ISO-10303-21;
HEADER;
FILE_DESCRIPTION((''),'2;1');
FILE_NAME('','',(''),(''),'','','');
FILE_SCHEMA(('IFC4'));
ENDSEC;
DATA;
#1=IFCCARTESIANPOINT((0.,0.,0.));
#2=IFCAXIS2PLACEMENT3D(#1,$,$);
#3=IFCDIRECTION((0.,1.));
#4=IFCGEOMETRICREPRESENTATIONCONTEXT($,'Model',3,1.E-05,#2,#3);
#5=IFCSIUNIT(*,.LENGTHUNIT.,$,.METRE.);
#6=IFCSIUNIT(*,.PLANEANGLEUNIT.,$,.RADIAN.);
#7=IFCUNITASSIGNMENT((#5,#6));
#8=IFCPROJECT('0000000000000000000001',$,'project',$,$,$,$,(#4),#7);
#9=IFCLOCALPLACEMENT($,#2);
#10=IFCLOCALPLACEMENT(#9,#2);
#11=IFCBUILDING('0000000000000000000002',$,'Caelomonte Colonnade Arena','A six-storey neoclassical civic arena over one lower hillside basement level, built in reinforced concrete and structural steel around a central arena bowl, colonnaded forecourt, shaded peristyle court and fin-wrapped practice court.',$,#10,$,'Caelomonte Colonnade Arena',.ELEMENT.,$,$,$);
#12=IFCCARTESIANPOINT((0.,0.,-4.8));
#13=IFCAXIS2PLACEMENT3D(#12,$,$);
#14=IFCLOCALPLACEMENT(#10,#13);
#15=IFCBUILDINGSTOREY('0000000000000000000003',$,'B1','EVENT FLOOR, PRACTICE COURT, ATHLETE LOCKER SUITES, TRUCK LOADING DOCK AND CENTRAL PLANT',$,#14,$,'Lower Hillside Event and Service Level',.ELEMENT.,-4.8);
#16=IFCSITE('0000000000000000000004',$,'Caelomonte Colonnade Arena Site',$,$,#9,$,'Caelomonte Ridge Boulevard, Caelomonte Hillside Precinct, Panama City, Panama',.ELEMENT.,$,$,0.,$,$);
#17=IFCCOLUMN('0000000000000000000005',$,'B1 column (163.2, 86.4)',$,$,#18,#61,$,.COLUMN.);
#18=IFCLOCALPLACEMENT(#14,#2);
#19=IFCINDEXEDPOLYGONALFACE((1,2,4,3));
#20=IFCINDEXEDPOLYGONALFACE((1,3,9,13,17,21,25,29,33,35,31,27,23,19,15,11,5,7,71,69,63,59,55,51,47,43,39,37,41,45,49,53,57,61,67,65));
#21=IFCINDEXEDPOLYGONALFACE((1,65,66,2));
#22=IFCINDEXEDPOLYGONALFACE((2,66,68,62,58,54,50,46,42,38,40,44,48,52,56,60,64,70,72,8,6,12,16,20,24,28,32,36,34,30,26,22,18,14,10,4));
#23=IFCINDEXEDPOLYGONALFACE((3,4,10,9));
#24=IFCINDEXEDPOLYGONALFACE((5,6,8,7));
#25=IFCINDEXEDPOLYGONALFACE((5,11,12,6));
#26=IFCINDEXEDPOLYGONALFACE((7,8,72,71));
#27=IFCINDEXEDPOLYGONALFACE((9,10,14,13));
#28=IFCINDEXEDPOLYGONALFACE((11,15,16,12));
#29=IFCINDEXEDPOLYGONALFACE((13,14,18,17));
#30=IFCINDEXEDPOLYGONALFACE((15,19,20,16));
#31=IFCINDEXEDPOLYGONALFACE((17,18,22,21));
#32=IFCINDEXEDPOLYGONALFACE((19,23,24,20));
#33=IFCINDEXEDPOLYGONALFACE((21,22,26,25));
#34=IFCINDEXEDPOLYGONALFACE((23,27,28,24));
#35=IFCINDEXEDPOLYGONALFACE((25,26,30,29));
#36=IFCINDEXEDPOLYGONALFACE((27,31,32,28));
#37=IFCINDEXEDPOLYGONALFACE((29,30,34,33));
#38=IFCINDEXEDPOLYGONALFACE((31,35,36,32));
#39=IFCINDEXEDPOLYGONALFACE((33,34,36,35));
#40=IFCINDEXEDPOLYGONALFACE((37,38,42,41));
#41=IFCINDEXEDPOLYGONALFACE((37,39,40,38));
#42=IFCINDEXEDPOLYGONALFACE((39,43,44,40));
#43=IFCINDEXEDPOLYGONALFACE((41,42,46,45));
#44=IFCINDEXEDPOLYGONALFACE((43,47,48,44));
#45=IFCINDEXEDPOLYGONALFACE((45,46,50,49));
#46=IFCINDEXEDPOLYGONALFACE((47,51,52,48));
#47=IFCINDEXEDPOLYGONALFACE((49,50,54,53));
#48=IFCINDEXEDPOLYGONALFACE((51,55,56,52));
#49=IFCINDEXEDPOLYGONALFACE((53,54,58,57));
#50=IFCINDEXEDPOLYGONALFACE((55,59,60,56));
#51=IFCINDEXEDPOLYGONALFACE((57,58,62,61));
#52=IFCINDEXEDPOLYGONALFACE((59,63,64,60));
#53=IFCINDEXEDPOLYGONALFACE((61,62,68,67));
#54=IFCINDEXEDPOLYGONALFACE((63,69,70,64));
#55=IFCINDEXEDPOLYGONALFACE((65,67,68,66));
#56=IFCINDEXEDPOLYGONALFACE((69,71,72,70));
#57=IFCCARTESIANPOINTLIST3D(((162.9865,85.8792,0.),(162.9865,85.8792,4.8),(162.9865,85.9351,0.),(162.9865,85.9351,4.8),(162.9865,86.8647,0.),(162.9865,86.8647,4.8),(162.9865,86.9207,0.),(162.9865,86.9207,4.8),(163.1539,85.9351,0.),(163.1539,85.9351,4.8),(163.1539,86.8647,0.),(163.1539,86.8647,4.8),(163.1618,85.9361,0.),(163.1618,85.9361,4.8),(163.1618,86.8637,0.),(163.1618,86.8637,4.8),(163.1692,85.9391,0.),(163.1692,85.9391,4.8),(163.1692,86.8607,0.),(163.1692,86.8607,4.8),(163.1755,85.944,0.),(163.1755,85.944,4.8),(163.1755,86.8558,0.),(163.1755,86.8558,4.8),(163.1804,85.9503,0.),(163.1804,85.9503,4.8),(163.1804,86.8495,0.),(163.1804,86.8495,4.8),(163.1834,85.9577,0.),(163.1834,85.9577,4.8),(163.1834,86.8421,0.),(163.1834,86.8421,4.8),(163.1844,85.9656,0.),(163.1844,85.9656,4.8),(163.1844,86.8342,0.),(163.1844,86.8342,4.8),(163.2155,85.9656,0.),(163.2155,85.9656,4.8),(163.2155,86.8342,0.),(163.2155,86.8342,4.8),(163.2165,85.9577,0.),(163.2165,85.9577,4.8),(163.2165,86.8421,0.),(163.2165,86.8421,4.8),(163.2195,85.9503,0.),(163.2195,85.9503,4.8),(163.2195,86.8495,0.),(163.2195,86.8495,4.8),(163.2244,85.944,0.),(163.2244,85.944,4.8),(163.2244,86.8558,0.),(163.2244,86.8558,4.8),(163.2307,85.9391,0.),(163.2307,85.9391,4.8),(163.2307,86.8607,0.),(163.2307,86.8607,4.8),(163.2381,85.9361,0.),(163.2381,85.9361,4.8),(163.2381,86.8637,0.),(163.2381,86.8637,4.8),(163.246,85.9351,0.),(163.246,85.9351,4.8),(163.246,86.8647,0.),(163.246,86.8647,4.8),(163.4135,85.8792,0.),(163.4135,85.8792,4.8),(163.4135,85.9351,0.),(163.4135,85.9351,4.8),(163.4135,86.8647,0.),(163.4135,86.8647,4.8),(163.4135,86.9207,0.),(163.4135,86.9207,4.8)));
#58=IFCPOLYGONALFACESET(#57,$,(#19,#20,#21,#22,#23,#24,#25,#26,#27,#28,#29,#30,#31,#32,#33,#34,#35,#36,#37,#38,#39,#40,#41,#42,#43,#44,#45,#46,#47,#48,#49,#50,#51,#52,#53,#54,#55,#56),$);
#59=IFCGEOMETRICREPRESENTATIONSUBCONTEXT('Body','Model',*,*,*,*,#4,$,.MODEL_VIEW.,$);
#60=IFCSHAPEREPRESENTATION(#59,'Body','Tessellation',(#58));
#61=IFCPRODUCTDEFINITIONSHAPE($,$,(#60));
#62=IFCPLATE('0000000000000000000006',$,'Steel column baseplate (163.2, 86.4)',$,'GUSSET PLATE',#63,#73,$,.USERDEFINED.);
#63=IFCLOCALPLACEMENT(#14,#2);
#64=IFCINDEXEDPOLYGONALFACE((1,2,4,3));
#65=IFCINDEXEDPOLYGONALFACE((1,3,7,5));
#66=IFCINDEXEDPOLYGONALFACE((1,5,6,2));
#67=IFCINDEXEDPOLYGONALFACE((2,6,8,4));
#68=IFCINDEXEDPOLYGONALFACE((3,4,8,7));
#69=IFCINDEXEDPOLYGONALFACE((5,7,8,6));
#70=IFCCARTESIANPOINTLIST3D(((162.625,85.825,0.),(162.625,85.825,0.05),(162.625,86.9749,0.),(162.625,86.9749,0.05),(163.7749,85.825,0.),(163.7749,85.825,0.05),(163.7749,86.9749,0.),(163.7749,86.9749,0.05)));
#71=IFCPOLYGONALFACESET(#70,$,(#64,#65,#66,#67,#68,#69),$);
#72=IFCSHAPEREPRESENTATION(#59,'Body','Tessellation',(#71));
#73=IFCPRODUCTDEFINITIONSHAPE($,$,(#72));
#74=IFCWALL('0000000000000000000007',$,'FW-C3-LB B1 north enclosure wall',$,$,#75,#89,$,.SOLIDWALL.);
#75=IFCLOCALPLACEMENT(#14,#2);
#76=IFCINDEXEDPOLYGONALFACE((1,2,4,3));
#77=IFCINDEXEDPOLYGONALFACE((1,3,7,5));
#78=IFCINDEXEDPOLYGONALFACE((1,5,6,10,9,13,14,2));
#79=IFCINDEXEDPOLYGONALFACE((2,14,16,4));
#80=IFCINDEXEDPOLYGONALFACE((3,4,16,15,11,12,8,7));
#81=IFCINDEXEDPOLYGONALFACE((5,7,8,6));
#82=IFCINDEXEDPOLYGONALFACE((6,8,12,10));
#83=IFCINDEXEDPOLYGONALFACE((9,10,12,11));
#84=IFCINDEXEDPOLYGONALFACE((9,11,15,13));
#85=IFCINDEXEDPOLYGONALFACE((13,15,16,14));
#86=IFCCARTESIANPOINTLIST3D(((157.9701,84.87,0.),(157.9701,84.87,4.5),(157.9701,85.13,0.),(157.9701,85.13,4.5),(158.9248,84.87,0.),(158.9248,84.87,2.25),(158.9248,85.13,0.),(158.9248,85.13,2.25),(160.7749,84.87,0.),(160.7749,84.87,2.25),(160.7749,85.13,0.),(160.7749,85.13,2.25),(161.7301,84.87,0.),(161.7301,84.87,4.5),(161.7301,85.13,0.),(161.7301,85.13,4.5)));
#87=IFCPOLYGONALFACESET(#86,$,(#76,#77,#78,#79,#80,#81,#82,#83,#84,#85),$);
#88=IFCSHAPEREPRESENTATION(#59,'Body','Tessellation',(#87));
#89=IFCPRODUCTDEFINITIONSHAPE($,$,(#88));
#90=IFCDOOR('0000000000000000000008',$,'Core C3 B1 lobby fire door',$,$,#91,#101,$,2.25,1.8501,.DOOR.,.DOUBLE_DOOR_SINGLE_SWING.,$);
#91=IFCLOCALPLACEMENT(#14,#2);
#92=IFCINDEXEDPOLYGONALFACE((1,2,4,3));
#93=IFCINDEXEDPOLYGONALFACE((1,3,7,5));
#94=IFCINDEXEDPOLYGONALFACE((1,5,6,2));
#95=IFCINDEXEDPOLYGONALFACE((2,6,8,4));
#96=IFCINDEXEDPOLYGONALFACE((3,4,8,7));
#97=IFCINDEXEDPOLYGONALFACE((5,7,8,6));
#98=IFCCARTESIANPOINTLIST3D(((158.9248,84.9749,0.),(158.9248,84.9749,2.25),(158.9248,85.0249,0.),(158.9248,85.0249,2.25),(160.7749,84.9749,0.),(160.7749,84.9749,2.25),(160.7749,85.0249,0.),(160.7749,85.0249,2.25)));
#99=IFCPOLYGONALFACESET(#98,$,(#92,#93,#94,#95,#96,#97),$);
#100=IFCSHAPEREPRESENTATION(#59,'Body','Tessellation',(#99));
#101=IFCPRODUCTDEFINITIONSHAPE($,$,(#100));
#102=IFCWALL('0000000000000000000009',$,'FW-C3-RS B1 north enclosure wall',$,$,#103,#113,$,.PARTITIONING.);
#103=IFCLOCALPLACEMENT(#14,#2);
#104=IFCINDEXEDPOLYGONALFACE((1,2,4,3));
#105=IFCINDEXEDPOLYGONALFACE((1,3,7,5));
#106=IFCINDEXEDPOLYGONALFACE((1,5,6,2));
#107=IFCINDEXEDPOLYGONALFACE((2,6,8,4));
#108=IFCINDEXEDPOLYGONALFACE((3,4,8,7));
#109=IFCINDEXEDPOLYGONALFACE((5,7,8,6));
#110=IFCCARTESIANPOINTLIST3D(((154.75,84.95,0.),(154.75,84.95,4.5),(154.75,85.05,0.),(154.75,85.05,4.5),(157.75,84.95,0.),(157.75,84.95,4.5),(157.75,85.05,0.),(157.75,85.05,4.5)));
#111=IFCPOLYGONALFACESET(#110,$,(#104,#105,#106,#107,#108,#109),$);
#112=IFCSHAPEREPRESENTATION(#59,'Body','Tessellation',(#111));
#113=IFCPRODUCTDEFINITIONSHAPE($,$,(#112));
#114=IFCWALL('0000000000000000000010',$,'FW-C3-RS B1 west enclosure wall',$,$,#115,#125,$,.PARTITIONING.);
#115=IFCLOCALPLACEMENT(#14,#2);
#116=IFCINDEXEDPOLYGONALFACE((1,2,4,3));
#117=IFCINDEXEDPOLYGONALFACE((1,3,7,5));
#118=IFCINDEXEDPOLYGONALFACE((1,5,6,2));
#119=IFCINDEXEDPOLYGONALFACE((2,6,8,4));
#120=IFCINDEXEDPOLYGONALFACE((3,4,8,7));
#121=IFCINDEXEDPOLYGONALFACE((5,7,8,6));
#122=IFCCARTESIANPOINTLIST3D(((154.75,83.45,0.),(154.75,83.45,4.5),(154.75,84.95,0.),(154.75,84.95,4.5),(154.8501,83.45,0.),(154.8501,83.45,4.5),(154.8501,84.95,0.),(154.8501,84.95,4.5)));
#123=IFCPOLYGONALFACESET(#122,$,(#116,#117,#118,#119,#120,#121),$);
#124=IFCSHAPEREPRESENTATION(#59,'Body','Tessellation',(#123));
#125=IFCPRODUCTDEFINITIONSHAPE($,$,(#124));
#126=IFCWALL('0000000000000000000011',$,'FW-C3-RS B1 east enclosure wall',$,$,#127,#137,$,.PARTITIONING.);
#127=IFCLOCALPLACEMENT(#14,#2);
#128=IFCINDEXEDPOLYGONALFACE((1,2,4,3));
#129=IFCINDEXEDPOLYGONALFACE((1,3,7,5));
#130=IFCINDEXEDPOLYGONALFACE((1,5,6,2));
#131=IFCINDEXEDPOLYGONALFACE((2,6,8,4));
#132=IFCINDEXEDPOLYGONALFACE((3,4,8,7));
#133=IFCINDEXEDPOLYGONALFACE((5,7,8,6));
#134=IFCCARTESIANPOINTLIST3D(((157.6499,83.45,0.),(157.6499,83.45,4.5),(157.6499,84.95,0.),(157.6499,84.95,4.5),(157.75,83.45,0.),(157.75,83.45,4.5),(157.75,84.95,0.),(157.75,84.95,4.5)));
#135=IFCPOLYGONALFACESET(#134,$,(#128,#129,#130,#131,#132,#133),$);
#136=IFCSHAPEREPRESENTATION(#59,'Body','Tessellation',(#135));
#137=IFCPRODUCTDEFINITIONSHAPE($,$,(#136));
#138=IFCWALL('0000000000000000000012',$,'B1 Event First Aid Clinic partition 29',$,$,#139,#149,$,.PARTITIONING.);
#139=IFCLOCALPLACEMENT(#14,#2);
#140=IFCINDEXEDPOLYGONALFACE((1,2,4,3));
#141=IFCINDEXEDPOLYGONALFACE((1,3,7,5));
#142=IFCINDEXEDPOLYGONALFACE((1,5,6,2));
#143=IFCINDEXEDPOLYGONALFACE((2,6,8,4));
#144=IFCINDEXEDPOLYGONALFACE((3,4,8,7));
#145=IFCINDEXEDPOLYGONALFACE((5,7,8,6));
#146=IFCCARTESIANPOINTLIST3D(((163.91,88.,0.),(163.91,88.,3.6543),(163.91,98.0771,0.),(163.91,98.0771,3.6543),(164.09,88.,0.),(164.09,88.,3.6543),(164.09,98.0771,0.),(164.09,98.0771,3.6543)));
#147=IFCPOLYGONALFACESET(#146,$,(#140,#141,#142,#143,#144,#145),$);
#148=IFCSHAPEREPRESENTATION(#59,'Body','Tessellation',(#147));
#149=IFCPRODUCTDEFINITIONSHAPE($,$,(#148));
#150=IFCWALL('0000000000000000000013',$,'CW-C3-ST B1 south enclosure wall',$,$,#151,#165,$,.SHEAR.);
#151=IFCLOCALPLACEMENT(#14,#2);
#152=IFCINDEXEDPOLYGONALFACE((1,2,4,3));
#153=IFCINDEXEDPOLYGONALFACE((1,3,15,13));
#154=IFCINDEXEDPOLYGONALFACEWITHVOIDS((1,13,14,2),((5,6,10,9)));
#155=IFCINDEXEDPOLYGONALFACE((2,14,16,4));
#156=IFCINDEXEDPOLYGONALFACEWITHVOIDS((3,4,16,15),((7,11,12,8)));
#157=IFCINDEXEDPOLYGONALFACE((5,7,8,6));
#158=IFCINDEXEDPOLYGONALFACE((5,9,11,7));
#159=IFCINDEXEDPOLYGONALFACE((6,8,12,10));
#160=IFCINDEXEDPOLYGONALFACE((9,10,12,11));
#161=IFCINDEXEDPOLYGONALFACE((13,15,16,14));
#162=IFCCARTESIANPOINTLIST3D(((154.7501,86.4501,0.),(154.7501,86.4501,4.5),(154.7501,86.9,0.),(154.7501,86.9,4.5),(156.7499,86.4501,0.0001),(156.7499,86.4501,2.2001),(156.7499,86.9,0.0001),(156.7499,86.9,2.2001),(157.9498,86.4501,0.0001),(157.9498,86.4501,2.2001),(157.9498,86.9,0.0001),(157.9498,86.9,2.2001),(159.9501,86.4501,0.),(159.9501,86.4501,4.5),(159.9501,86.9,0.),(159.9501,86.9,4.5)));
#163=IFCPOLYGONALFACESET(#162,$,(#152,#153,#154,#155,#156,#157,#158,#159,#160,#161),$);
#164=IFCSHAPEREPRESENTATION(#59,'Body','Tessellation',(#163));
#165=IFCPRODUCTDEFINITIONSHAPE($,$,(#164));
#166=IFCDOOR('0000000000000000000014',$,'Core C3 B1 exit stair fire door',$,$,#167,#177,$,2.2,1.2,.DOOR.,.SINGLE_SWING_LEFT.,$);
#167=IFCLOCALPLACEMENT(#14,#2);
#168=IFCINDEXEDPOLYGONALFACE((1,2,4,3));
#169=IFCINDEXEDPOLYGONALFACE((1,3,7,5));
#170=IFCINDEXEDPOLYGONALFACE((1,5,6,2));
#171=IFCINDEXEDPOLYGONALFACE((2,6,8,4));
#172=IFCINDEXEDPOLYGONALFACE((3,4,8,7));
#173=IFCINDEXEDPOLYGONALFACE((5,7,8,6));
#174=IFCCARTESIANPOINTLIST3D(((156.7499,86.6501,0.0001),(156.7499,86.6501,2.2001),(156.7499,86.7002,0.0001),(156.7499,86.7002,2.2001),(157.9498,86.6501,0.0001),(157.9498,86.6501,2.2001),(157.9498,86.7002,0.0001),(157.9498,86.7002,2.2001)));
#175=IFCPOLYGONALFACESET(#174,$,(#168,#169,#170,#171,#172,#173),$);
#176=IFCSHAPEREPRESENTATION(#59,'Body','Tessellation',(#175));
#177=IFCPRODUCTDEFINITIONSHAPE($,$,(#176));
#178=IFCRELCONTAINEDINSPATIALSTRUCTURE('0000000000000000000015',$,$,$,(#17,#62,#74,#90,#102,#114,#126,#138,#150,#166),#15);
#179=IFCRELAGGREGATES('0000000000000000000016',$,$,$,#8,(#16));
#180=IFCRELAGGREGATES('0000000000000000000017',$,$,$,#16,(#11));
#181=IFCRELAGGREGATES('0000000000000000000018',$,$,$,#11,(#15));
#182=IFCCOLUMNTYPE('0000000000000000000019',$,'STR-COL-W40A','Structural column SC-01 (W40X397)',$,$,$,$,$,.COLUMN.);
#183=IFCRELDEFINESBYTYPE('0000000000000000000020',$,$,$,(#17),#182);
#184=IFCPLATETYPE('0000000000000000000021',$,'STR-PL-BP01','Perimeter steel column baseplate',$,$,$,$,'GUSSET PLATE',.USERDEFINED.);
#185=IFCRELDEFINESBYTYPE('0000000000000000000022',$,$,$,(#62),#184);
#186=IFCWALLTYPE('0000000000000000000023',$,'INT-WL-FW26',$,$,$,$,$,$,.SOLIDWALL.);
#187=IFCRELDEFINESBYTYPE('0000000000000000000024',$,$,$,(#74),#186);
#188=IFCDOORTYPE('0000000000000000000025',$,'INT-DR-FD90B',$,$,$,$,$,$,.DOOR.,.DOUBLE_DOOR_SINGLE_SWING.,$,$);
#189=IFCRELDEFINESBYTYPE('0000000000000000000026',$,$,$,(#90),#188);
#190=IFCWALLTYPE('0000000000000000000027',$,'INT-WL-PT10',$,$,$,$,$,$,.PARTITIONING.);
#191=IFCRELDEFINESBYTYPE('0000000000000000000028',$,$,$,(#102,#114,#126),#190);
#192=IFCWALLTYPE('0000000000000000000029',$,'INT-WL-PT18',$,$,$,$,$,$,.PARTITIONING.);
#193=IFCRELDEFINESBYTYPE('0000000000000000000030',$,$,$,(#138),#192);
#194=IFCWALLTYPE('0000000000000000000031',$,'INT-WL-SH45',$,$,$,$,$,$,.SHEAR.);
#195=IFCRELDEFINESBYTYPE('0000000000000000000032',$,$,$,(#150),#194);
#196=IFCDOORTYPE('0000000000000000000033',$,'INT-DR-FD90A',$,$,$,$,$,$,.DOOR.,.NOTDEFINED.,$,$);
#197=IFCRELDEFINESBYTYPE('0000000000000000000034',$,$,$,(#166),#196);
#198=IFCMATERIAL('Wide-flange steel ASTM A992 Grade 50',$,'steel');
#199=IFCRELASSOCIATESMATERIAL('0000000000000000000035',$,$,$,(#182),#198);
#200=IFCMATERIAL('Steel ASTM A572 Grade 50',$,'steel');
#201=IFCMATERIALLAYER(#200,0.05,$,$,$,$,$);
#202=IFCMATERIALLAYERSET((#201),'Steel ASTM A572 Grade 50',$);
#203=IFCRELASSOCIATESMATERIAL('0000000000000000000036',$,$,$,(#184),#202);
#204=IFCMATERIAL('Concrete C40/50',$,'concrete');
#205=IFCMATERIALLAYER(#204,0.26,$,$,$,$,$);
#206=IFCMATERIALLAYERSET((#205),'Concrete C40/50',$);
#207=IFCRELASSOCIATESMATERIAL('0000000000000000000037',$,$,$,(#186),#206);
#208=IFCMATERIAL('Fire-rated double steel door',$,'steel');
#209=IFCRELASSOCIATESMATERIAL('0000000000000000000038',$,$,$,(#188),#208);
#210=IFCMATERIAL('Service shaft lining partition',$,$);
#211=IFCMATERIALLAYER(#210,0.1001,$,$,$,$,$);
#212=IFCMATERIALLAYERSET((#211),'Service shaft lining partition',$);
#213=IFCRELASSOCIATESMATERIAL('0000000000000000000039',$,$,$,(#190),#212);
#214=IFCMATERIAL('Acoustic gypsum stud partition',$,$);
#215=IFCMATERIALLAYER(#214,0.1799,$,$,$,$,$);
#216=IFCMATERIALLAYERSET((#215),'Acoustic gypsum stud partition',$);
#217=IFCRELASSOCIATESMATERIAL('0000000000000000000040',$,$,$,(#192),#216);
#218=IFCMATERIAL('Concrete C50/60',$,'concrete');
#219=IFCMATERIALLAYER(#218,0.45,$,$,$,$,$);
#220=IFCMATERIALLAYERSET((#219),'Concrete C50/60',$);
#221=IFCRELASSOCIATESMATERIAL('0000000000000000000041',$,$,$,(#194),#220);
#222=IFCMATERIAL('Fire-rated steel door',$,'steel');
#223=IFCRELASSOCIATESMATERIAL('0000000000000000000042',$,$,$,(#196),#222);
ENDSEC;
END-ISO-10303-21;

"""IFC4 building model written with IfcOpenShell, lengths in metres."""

from ifc_helpers import new_model, si_unit, direction, frame, frame_2d, origin, origin_2d, place, context, subcontext, project, spatial, rectangle, i_section, extrude, material, layer, layer_set, material_profile, profile_set, type_object, element, fill, save


model = new_model("IFC4")

# Units and contexts
model_context = context("Model", 3, precision=1e-05, world=origin(), true_north=direction((0.0, 1.0)))
body_context = subcontext(model_context, "Body", "Model", "MODEL_VIEW")
ifc_project = project(units=[si_unit("LENGTHUNIT", "METRE"), si_unit("PLANEANGLEUNIT", "RADIAN")], contexts=[model_context])

# Site, building, storey
site_placement = place(None, origin())
site = spatial("IfcSite", under=ifc_project, at=site_placement, Name="Caelomonte Colonnade Arena Site", LongName="Caelomonte Ridge Boulevard, Caelomonte Hillside Precinct, Panama City, Panama", CompositionType="ELEMENT", RefElevation=0.0)
building_placement = place(site_placement, origin())
building = spatial("IfcBuilding", under=site, at=building_placement, Name="Caelomonte Colonnade Arena", Description="A six-storey neoclassical civic arena over one lower hillside basement level, built in reinforced concrete and structural steel around a central arena bowl, colonnaded forecourt, shaded peristyle court and fin-wrapped practice court.", LongName="Caelomonte Colonnade Arena", CompositionType="ELEMENT")
storey_placement = place(building_placement, frame((0.0, 0.0, -4.8)))
storey = spatial("IfcBuildingStorey", under=building, at=storey_placement, Name="B1", Description="EVENT FLOOR, PRACTICE COURT, ATHLETE LOCKER SUITES, TRUCK LOADING DOCK AND CENTRAL PLANT", LongName="Lower Hillside Event and Service Level", CompositionType="ELEMENT", Elevation=-4.8)

# Shared definitions
ifc_material_1 = material(Name="Concrete C40/50", Category="concrete")

# Column
ifc_material_2 = material(Name="Concrete C50/60", Category="concrete")
ifc_material_3 = material(Name="Wide-flange steel ASTM A992 Grade 50", Category="steel")
ifc_material_profile_1 = material_profile(ifc_material_3, i_section(OverallWidth=0.427, OverallDepth=1.0415, WebThickness=0.031, FlangeThickness=0.0559, FilletRadius=0.0305, at=origin_2d()), Name="W40X397")
ifc_profile_set_1 = profile_set([ifc_material_profile_1], Name="Wide-flange steel ASTM A992 Grade 50")
column_type_1 = type_object("IfcColumnType", Name="STR-COL-W40A", Description="Structural column SC-01 (W40X397)", PredefinedType="COLUMN", material=ifc_profile_set_1)
column_1_placement = place(storey_placement, frame((163.2, 86.3999, 0.0), z_axis=(0.0, 0.0, 1.0), x_axis=(1.0, 0.0, 0.0)))
element("IfcColumn", 1, at=column_1_placement, inside=storey, type_object=column_type_1, Name="B1 column (163.2, 86.4)", PredefinedType="COLUMN", context=body_context, shape_type="SweptSolid", body=[
    extrude(i_section(OverallWidth=0.427, OverallDepth=1.0415, WebThickness=0.031, FlangeThickness=0.0559, FilletRadius=0.0305, at=origin_2d()), origin(), (0.0, 0.0, 1.0), 4.8),
])

# Plate
ifc_material_4 = material(Name="Steel ASTM A572 Grade 50", Category="steel")
ifc_layer_1 = layer(ifc_material_4, 0.05)
ifc_layer_set_1 = layer_set([ifc_layer_1], Name="Steel ASTM A572 Grade 50")
plate_type = type_object("IfcPlateType", Name="STR-PL-BP01", Description="Perimeter steel column baseplate", ElementType="GUSSET PLATE", PredefinedType="USERDEFINED", material=ifc_layer_set_1)
plate_placement = place(storey_placement, frame((163.2, 86.3999, 0.0), z_axis=(0.0, 0.0, 1.0), x_axis=(1.0, 0.0, 0.0)))
element("IfcPlate", 2, at=plate_placement, inside=storey, type_object=plate_type, Name="Steel column baseplate (163.2, 86.4)", ObjectType="GUSSET PLATE", PredefinedType="USERDEFINED", context=body_context, shape_type="SweptSolid", body=[
    extrude(rectangle(XDim=1.1499, YDim=1.1499, at=origin_2d()), origin(), (0.0, 0.0, 1.0), 0.05),
])

# Wall, opening, door
ifc_layer_2 = layer(ifc_material_1, 0.26)
ifc_layer_set_2 = layer_set([ifc_layer_2], Name="Concrete C40/50")
wall_type_1 = type_object("IfcWallType", Name="INT-WL-FW26", PredefinedType="SOLIDWALL", material=ifc_layer_set_2)
wall_1_placement = place(storey_placement, frame((161.73, 85.0, 0.0), z_axis=(0.0, 0.0, 1.0), x_axis=(-1.0, 0.0, 0.0)))
wall_1 = element("IfcWall", 3, at=wall_1_placement, inside=storey, type_object=wall_type_1, Name="FW-C3-LB B1 north enclosure wall", PredefinedType="SOLIDWALL", context=body_context, shape_type="SweptSolid", body=[
    extrude(rectangle(XDim=3.76, YDim=0.26, at=frame_2d((1.8799, 0.0))), origin(), (0.0, 0.0, 1.0), 4.5),
])
opening_1_placement = place(wall_1_placement, frame((2.8052, 0.0, 0.0), z_axis=(0.0, 0.0, 1.0), x_axis=(-1.0, 0.0, 0.0)))
opening_1 = element("IfcOpeningElement", 4, at=opening_1_placement, cuts=wall_1, PredefinedType="OPENING", context=body_context, shape_type="SweptSolid", body=[
    extrude(rectangle(XDim=1.8501, YDim=2.25, at=frame_2d((0.925, 1.125))), frame((0.0, 0.1399, 0.0), z_axis=(0.0, -1.0, 0.0), x_axis=(1.0, 0.0, 0.0)), (0.0, 0.0, 1.0), 0.28),
])
ifc_material_5 = material(Name="Fire-rated double steel door", Category="steel")
door_type_1 = type_object("IfcDoorType", Name="INT-DR-FD90B", OperationType="DOUBLE_DOOR_SINGLE_SWING", PredefinedType="DOOR", material=ifc_material_5)
door_1_placement = place(opening_1_placement, origin())
door_1 = element("IfcDoor", 5, at=door_1_placement, inside=storey, type_object=door_type_1, Name="Core C3 B1 lobby fire door", OperationType="DOUBLE_DOOR_SINGLE_SWING", OverallHeight=2.25, OverallWidth=1.8501, PredefinedType="DOOR", context=body_context, shape_type="SweptSolid", body=[
    extrude(rectangle(XDim=1.8501, YDim=2.25, at=frame_2d((0.925, 1.125))), frame((0.0, 0.0249, 0.0), z_axis=(0.0, -1.0, 0.0), x_axis=(1.0, 0.0, 0.0)), (0.0, 0.0, 1.0), 0.05),
])
fill(opening_1, door_1)

# Walls
ifc_material_6 = material(Name="Service shaft lining partition")
ifc_layer_3 = layer(ifc_material_6, 0.1001)
ifc_layer_set_3 = layer_set([ifc_layer_3], Name="Service shaft lining partition")
wall_type_2 = type_object("IfcWallType", Name="INT-WL-PT10", PredefinedType="PARTITIONING", material=ifc_layer_set_3)
wall_2_placement = place(storey_placement, frame((157.75, 85.0, 0.0), z_axis=(0.0, 0.0, 1.0), x_axis=(-1.0, 0.0, 0.0)))
element("IfcWall", 6, at=wall_2_placement, inside=storey, type_object=wall_type_2, Name="FW-C3-RS B1 north enclosure wall", PredefinedType="PARTITIONING", context=body_context, shape_type="SweptSolid", body=[
    extrude(rectangle(XDim=3.0, YDim=0.1001, at=frame_2d((1.5, 0.0))), origin(), (0.0, 0.0, 1.0), 4.5),
])
for number, where, z_axis, x_axis, name in (
    (7, (154.8, 84.95, 0.0), (0.0, 0.0, 1.0), (0.0, -1.0, 0.0), "FW-C3-RS B1 west enclosure wall"),
    (8, (157.7, 83.45, 0.0), (0.0, 0.0, 1.0), (0.0, 1.0, 0.0), "FW-C3-RS B1 east enclosure wall"),
):
    element("IfcWall", number, at=place(storey_placement, frame(where, z_axis=z_axis, x_axis=x_axis)), inside=storey, type_object=wall_type_2, Name=name, PredefinedType="PARTITIONING", context=body_context, shape_type="SweptSolid", body=[
        extrude(rectangle(XDim=1.5, YDim=0.1001, at=frame_2d((0.75, 0.0))), origin(), (0.0, 0.0, 1.0), 4.5),
    ])
ifc_material_7 = material(Name="Acoustic gypsum stud partition")
ifc_layer_4 = layer(ifc_material_7, 0.1799)
ifc_layer_set_4 = layer_set([ifc_layer_4], Name="Acoustic gypsum stud partition")
wall_type_3 = type_object("IfcWallType", Name="INT-WL-PT18", PredefinedType="PARTITIONING", material=ifc_layer_set_4)
wall_3_placement = place(storey_placement, frame((164.0, 88.0, 0.0), z_axis=(0.0, 0.0, 1.0), x_axis=(0.0, 1.0, 0.0)))
element("IfcWall", 9, at=wall_3_placement, inside=storey, type_object=wall_type_3, Name="B1 Event First Aid Clinic partition 29", PredefinedType="PARTITIONING", context=body_context, shape_type="SweptSolid", body=[
    extrude(rectangle(XDim=10.0771, YDim=0.1799, at=frame_2d((5.0386, 0.0))), origin(), (0.0, 0.0, 1.0), 3.6543),
])

# Wall, opening, door
ifc_layer_5 = layer(ifc_material_2, 0.45)
ifc_layer_set_5 = layer_set([ifc_layer_5], Name="Concrete C50/60")
wall_type_4 = type_object("IfcWallType", Name="INT-WL-SH45", PredefinedType="SHEAR", material=ifc_layer_set_5)
wall_4_placement = place(storey_placement, frame((154.75, 86.675, 0.0), z_axis=(0.0, 0.0, 1.0), x_axis=(1.0, 0.0, 0.0)))
wall_4 = element("IfcWall", 10, at=wall_4_placement, inside=storey, type_object=wall_type_4, Name="CW-C3-ST B1 south enclosure wall", PredefinedType="SHEAR", context=body_context, shape_type="SweptSolid", body=[
    extrude(rectangle(XDim=5.2, YDim=0.45, at=frame_2d((2.6001, 0.0))), origin(), (0.0, 0.0, 1.0), 4.5),
])
opening_2_placement = place(wall_4_placement, frame((3.2, 0.0, 0.0), z_axis=(0.0, 0.0, 1.0), x_axis=(-1.0, 0.0, 0.0)))
opening_2 = element("IfcOpeningElement", 11, at=opening_2_placement, cuts=wall_4, PredefinedType="OPENING", context=body_context, shape_type="SweptSolid", body=[
    extrude(rectangle(XDim=1.2, YDim=2.2, at=frame_2d((0.6001, 1.1001))), frame((0.0, 0.2349, 0.0), z_axis=(0.0, -1.0, 0.0), x_axis=(1.0, 0.0, 0.0)), (0.0, 0.0, 1.0), 0.47),
])
ifc_material_8 = material(Name="Fire-rated steel door", Category="steel")
door_type_2 = type_object("IfcDoorType", Name="INT-DR-FD90A", OperationType="NOTDEFINED", PredefinedType="DOOR", material=ifc_material_8)
door_2_placement = place(opening_2_placement, origin())
door_2 = element("IfcDoor", 12, at=door_2_placement, inside=storey, type_object=door_type_2, Name="Core C3 B1 exit stair fire door", OperationType="SINGLE_SWING_LEFT", OverallHeight=2.2, OverallWidth=1.2, PredefinedType="DOOR", context=body_context, shape_type="SweptSolid", body=[
    extrude(rectangle(XDim=1.2, YDim=2.2, at=frame_2d((0.6001, 1.1001))), frame((0.0, 0.0249, 0.0), z_axis=(0.0, -1.0, 0.0), x_axis=(1.0, 0.0, 0.0)), (0.0, 0.0, 1.0), 0.05),
])
fill(opening_2, door_2)

save(model, "model.ifc")
